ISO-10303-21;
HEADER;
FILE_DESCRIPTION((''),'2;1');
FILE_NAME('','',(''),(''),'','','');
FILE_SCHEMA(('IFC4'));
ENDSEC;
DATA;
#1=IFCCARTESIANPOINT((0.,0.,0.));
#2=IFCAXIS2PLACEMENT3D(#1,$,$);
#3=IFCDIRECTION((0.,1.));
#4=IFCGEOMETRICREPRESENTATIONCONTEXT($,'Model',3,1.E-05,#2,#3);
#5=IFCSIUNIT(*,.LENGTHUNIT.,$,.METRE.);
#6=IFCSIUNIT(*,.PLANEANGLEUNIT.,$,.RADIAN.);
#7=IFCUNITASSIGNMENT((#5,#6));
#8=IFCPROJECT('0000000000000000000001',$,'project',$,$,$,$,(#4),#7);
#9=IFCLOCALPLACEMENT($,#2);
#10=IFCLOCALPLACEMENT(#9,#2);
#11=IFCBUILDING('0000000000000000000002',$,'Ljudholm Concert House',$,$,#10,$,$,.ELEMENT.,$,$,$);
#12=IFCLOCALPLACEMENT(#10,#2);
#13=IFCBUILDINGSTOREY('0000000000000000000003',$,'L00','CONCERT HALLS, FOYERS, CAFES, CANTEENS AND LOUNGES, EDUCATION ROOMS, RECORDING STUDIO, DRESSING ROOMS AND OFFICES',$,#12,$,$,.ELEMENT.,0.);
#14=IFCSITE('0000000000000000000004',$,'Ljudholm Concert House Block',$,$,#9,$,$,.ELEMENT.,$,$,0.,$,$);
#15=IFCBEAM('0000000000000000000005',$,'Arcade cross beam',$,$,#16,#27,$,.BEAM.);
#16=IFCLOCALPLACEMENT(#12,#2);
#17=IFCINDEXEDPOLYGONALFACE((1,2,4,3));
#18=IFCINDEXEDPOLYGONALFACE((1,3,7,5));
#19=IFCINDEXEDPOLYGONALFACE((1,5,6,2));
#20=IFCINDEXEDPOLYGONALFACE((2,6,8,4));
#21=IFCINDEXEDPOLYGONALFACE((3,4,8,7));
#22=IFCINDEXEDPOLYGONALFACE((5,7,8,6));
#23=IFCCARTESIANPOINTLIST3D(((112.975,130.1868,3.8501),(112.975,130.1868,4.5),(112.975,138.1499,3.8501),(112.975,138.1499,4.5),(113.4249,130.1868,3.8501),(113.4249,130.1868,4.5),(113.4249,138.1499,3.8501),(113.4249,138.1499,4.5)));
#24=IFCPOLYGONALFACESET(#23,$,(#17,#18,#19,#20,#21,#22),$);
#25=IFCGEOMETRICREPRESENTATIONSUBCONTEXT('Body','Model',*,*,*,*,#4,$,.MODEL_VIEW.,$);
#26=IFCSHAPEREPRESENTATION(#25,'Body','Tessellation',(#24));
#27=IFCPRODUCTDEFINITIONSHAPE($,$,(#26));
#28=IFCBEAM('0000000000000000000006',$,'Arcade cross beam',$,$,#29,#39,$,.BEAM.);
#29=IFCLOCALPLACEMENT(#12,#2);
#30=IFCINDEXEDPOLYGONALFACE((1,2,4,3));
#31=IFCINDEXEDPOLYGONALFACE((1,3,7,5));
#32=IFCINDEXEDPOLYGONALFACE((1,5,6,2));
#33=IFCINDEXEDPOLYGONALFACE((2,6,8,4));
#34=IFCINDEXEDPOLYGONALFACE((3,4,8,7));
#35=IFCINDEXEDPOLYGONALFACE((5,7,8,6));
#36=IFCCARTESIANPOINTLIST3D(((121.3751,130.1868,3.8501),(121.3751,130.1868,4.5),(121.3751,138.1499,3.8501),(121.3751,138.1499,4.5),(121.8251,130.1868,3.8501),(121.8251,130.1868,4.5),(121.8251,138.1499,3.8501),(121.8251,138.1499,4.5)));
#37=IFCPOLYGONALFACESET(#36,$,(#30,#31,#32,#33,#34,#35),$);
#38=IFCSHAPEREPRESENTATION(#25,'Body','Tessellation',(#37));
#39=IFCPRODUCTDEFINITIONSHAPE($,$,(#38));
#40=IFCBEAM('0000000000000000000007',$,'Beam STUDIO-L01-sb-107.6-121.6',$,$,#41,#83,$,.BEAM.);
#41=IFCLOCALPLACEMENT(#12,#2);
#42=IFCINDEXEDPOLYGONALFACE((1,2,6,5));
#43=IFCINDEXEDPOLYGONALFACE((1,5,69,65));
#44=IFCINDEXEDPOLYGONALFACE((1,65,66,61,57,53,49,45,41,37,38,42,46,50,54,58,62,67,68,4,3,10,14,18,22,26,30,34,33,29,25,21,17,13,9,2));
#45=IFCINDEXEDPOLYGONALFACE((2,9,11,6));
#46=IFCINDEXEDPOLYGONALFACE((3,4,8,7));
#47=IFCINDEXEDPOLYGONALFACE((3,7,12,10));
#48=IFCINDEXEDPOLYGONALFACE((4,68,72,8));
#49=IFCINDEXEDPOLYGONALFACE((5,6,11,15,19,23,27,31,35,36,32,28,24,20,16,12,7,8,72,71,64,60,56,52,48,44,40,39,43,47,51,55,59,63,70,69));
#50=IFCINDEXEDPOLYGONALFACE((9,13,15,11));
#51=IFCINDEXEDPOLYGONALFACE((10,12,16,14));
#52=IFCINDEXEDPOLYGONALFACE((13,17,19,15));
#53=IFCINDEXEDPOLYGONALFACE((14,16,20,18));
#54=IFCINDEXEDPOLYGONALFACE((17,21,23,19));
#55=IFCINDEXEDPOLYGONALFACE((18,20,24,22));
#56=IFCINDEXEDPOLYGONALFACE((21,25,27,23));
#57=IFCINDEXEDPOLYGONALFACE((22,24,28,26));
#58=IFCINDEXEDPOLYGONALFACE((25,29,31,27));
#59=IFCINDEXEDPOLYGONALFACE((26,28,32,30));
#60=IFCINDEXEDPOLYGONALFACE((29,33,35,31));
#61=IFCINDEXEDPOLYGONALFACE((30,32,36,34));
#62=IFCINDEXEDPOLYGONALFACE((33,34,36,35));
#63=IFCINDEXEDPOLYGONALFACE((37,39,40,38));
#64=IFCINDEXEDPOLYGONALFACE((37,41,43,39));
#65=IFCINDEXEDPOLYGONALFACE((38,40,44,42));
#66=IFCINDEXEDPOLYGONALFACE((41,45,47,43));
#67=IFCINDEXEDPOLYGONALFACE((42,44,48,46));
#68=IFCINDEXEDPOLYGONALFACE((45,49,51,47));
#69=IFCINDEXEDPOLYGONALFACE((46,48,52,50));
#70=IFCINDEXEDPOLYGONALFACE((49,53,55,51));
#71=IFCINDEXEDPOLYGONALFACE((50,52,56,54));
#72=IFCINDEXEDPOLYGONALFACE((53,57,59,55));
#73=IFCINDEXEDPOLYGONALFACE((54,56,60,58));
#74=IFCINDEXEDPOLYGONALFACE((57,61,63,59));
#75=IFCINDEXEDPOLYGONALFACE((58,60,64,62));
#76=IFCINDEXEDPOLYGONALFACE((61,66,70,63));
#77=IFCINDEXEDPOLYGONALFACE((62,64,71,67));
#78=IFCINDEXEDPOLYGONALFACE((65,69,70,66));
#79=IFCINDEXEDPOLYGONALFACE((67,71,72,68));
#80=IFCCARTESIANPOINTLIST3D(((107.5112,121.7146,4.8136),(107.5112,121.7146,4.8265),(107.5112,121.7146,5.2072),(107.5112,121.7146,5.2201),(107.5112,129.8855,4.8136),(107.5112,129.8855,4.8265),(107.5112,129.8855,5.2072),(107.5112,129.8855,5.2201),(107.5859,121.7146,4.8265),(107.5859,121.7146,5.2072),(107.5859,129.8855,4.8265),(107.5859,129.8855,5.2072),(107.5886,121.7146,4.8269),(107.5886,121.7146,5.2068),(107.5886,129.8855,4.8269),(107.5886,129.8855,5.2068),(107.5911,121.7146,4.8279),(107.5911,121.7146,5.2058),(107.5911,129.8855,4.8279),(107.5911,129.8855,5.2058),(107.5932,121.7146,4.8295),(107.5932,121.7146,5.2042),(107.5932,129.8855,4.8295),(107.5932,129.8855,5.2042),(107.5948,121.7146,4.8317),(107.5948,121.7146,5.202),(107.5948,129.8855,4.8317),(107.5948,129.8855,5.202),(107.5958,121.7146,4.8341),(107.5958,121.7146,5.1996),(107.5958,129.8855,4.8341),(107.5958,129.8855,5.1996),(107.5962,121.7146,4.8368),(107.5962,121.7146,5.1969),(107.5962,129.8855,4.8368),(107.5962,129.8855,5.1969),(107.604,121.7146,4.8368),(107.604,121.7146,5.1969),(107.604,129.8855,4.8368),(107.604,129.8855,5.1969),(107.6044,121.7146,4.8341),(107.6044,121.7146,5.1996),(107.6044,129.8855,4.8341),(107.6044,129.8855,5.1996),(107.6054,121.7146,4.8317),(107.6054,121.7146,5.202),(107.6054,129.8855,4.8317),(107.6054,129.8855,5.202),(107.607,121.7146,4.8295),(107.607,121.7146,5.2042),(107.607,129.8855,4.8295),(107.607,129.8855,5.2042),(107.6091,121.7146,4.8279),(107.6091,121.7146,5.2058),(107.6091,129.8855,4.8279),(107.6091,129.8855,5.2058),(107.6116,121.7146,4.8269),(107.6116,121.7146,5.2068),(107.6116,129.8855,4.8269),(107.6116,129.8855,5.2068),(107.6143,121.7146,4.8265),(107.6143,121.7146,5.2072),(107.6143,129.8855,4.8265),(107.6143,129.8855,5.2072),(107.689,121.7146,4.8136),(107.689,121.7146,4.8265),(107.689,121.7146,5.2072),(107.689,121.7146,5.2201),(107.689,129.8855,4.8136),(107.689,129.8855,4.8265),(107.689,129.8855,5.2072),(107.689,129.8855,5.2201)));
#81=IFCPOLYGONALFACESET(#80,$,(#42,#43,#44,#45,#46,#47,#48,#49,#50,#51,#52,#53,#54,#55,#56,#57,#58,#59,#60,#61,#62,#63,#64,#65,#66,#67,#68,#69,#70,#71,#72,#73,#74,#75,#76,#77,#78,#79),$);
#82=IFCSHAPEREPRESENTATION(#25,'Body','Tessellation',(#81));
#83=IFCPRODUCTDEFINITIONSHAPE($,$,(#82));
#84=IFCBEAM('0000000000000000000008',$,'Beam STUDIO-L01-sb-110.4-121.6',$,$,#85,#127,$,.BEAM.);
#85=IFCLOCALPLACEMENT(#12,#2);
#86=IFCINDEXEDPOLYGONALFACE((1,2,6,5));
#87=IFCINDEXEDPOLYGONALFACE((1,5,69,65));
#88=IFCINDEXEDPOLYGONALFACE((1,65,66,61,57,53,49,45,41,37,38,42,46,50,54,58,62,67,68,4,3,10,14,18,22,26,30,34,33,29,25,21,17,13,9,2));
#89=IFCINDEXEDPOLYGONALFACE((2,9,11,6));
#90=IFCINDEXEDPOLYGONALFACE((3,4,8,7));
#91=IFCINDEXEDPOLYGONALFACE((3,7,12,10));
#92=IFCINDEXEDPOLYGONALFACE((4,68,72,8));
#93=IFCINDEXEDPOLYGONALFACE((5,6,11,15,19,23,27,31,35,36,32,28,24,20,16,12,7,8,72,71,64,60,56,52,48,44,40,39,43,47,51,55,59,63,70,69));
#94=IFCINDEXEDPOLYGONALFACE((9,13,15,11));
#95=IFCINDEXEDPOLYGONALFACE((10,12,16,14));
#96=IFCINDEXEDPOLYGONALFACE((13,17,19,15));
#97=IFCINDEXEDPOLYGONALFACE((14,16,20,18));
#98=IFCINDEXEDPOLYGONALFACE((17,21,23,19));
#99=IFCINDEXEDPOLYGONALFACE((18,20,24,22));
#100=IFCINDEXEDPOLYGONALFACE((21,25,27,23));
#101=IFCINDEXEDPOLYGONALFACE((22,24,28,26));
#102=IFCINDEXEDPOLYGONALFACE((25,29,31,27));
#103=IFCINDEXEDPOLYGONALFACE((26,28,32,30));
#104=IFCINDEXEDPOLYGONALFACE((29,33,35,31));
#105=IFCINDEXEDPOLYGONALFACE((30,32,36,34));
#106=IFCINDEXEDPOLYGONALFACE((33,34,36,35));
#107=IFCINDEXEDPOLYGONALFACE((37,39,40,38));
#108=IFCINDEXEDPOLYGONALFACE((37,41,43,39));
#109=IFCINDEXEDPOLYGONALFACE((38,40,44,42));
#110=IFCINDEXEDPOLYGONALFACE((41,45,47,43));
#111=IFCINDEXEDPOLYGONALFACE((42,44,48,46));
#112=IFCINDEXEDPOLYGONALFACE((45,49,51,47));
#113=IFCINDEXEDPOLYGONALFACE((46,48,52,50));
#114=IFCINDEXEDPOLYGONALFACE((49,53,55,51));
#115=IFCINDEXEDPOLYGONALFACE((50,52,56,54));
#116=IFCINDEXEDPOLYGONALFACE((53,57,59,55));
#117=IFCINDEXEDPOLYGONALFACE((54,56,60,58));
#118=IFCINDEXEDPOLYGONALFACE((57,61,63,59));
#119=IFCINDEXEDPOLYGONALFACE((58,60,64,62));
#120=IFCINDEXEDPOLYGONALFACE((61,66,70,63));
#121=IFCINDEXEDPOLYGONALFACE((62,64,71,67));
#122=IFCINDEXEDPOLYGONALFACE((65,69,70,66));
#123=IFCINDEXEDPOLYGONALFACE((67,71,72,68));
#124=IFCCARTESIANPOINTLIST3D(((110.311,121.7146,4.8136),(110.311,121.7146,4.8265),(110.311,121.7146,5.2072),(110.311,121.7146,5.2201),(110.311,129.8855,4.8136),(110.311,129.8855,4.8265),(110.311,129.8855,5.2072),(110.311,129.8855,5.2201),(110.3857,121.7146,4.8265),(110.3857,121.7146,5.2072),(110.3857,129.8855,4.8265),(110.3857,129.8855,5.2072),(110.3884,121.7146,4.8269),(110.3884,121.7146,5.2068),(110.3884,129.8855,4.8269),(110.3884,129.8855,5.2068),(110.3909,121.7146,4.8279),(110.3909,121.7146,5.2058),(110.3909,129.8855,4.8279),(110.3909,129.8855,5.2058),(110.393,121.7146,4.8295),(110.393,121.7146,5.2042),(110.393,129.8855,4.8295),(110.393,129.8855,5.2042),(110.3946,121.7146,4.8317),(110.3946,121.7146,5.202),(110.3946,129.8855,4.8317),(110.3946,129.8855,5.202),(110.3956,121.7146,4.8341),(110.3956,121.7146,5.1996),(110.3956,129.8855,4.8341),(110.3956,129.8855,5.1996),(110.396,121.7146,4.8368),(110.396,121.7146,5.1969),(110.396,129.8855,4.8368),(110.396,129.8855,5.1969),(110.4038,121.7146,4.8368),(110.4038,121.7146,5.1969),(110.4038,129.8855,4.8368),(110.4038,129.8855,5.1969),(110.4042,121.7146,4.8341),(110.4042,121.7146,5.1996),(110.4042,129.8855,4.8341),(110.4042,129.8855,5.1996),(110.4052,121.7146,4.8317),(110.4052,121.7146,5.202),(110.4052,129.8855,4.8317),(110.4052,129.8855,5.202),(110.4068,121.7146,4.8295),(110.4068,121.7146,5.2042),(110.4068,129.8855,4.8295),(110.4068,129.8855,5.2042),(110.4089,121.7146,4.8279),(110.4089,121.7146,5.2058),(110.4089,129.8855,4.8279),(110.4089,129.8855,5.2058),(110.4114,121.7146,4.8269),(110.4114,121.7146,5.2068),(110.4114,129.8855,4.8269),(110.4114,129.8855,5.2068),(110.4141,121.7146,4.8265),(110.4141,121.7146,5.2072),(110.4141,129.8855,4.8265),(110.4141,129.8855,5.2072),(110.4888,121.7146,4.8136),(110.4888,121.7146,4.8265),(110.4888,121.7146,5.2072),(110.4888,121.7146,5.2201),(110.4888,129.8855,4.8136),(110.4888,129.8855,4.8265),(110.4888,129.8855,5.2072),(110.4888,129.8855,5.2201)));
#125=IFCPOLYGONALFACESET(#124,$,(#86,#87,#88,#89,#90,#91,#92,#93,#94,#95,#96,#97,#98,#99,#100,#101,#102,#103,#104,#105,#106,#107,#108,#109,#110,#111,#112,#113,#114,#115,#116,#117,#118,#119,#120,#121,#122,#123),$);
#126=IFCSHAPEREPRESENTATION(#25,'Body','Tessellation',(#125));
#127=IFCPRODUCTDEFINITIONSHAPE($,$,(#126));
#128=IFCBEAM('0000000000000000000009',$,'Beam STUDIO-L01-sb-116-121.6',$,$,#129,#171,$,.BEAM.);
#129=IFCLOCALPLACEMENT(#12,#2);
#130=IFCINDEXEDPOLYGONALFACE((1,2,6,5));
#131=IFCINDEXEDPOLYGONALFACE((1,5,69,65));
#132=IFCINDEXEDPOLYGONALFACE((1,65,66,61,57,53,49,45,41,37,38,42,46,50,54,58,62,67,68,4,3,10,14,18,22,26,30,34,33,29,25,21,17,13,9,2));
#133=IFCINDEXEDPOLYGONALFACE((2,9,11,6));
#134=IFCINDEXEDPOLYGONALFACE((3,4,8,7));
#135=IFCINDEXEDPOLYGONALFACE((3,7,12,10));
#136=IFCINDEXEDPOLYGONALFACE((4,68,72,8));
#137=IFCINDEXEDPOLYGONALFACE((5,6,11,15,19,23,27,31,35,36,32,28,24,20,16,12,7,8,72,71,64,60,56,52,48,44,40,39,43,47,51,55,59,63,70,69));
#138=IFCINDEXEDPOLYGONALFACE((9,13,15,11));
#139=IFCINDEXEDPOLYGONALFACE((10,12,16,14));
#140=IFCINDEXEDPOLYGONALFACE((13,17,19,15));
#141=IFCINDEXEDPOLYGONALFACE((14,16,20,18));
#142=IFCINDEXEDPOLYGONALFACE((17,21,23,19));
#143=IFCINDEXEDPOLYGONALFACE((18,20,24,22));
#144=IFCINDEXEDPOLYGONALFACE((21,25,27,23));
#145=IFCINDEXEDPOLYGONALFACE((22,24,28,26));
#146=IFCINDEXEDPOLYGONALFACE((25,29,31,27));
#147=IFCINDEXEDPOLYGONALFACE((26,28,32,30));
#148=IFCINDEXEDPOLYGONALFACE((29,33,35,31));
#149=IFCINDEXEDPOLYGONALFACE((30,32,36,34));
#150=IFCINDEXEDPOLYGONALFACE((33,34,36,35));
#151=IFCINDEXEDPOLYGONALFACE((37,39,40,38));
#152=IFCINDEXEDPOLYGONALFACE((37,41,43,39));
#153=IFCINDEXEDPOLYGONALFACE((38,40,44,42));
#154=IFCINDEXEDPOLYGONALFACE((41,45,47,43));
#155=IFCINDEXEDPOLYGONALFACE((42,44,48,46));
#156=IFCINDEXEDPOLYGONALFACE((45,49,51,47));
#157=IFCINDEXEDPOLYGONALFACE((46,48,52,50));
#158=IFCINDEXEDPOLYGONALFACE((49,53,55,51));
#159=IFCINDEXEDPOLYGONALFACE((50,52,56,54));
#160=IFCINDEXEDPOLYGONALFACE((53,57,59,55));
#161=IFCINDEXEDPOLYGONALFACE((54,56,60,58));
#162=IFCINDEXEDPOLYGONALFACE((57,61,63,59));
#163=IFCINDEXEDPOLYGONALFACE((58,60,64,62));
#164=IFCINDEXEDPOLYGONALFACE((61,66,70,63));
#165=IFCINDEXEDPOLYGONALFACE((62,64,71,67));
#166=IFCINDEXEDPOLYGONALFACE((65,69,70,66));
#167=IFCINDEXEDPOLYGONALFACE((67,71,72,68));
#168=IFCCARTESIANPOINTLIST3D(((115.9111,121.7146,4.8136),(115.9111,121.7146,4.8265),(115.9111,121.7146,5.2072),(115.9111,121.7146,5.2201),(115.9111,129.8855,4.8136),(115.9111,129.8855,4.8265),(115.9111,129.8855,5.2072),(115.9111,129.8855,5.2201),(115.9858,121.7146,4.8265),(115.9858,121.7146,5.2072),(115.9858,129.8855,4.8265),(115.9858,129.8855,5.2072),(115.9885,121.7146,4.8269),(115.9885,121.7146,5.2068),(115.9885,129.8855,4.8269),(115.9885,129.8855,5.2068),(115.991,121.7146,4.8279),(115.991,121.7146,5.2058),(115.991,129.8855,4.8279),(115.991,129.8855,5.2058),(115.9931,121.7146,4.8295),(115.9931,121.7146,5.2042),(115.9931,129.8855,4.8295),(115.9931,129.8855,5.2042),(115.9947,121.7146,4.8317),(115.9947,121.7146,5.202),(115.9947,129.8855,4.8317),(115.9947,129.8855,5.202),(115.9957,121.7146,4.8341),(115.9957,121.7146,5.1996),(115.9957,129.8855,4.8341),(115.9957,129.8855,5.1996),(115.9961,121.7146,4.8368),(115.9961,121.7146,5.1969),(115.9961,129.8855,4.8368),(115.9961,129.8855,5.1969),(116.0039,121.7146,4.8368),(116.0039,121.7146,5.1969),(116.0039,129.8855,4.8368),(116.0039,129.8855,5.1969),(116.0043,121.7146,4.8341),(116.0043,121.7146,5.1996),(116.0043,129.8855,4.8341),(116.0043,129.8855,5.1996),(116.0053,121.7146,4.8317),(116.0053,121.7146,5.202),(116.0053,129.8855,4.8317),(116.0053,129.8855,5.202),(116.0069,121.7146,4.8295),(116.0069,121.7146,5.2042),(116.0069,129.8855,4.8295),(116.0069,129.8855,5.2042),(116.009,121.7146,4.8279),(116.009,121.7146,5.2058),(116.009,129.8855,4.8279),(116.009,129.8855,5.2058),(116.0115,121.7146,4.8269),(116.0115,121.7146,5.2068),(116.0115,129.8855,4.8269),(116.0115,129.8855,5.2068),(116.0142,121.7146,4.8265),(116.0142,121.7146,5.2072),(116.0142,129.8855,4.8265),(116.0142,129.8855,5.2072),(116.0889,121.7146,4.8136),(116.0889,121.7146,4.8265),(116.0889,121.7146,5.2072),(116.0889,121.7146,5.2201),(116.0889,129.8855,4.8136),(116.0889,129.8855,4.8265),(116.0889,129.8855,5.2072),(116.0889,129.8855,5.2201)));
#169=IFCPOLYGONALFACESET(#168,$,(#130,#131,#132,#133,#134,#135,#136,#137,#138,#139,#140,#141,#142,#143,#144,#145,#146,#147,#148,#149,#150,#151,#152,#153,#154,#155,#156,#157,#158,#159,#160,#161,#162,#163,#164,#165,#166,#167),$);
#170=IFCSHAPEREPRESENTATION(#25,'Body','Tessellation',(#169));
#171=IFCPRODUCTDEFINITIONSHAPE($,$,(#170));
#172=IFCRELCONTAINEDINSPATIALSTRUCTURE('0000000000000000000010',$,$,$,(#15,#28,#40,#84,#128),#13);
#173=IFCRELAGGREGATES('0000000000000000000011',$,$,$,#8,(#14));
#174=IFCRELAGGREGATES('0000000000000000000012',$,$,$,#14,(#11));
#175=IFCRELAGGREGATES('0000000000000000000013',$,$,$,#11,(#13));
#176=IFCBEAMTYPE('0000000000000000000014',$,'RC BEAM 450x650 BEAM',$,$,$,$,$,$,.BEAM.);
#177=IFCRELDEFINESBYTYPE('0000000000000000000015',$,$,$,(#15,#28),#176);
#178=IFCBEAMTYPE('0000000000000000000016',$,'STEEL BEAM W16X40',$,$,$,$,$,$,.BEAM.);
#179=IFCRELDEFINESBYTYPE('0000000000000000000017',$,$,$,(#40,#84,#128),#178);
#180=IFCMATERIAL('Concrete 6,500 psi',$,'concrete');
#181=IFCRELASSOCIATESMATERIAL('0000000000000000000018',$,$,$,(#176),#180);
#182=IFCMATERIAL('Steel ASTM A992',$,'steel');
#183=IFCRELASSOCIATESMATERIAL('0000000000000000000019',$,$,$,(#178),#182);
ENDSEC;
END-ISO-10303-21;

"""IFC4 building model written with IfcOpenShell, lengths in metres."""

from ifc_helpers import new_model, si_unit, direction, frame, origin, origin_2d, place, context, subcontext, project, spatial, rectangle, i_section, extrude, material, material_profile, profile_set, type_object, element, save


model = new_model("IFC4")

# Units and contexts
model_context = context("Model", 3, precision=1e-05, world=origin(), true_north=direction((0.0, 1.0)))
body_context = subcontext(model_context, "Body", "Model", "MODEL_VIEW")
ifc_project = project(units=[si_unit("LENGTHUNIT", "METRE"), si_unit("PLANEANGLEUNIT", "RADIAN")], contexts=[model_context])

# Site, building, storey
site_placement = place(None, origin())
site = spatial("IfcSite", under=ifc_project, at=site_placement, Name="Ljudholm Concert House Block", CompositionType="ELEMENT", RefElevation=0.0)
building_placement = place(site_placement, origin())
building = spatial("IfcBuilding", under=site, at=building_placement, Name="Ljudholm Concert House", CompositionType="ELEMENT")
storey_placement = place(building_placement, origin())
storey = spatial("IfcBuildingStorey", under=building, at=storey_placement, Name="L00", Description="CONCERT HALLS, FOYERS, CAFES, CANTEENS AND LOUNGES, EDUCATION ROOMS, RECORDING STUDIO, DRESSING ROOMS AND OFFICES", CompositionType="ELEMENT", Elevation=0.0)

# Beams
ifc_material_1 = material(Name="Concrete 6,500 psi", Category="concrete")
ifc_material_profile_1 = material_profile(ifc_material_1, rectangle(XDim=0.45, YDim=0.6499, at=origin_2d()), Name="RC BEAM 450x650 BEAM")
ifc_profile_set_1 = profile_set([ifc_material_profile_1], Name="Concrete 6,500 psi")
beam_type_1 = type_object("IfcBeamType", Name="RC BEAM 450x650 BEAM", PredefinedType="BEAM", material=ifc_profile_set_1)
for number, where, z_axis, x_axis, name in (
    (1, (113.2, 138.1499, 4.175), (0.0, -1.0, 0.0), (1.0, 0.0, 0.0), "Arcade cross beam"),
    (2, (121.6001, 138.1499, 4.175), (0.0, -1.0, 0.0), (1.0, 0.0, 0.0), "Arcade cross beam"),
):
    element("IfcBeam", number, at=place(storey_placement, frame(where, z_axis=z_axis, x_axis=x_axis)), inside=storey, type_object=beam_type_1, Name=name, PredefinedType="BEAM", context=body_context, shape_type="SweptSolid", body=[
        extrude(rectangle(XDim=0.45, YDim=0.6499, at=origin_2d()), origin(), (0.0, 0.0, 1.0), 7.9631),
    ])
ifc_material_2 = material(Name="Steel ASTM A992", Category="steel")
ifc_material_profile_2 = material_profile(ifc_material_2, i_section(OverallWidth=0.1777, OverallDepth=0.4065, WebThickness=0.0078, FlangeThickness=0.0129, FilletRadius=0.0103, at=origin_2d()), Name="W16X40")
ifc_profile_set_2 = profile_set([ifc_material_profile_2], Name="Steel ASTM A992")
beam_type_2 = type_object("IfcBeamType", Name="STEEL BEAM W16X40", PredefinedType="BEAM", material=ifc_profile_set_2)
for number, where, z_axis, x_axis, name in (
    (3, (107.6001, 121.7146, 5.0168), (0.0, 1.0, 0.0), (-1.0, 0.0, 0.0), "Beam STUDIO-L01-sb-107.6-121.6"),
    (4, (110.3999, 121.7146, 5.0168), (0.0, 1.0, 0.0), (-1.0, 0.0, 0.0), "Beam STUDIO-L01-sb-110.4-121.6"),
    (5, (116.0, 121.7146, 5.0168), (0.0, 1.0, 0.0), (-1.0, 0.0, 0.0), "Beam STUDIO-L01-sb-116-121.6"),
):
    element("IfcBeam", number, at=place(storey_placement, frame(where, z_axis=z_axis, x_axis=x_axis)), inside=storey, type_object=beam_type_2, Name=name, PredefinedType="BEAM", context=body_context, shape_type="SweptSolid", body=[
        extrude(i_section(OverallWidth=0.1777, OverallDepth=0.4065, WebThickness=0.0078, FlangeThickness=0.0129, FilletRadius=0.0103, at=origin_2d()), origin(), (0.0, 0.0, 1.0), 8.1709),
    ])

save(model, "model.ifc")
